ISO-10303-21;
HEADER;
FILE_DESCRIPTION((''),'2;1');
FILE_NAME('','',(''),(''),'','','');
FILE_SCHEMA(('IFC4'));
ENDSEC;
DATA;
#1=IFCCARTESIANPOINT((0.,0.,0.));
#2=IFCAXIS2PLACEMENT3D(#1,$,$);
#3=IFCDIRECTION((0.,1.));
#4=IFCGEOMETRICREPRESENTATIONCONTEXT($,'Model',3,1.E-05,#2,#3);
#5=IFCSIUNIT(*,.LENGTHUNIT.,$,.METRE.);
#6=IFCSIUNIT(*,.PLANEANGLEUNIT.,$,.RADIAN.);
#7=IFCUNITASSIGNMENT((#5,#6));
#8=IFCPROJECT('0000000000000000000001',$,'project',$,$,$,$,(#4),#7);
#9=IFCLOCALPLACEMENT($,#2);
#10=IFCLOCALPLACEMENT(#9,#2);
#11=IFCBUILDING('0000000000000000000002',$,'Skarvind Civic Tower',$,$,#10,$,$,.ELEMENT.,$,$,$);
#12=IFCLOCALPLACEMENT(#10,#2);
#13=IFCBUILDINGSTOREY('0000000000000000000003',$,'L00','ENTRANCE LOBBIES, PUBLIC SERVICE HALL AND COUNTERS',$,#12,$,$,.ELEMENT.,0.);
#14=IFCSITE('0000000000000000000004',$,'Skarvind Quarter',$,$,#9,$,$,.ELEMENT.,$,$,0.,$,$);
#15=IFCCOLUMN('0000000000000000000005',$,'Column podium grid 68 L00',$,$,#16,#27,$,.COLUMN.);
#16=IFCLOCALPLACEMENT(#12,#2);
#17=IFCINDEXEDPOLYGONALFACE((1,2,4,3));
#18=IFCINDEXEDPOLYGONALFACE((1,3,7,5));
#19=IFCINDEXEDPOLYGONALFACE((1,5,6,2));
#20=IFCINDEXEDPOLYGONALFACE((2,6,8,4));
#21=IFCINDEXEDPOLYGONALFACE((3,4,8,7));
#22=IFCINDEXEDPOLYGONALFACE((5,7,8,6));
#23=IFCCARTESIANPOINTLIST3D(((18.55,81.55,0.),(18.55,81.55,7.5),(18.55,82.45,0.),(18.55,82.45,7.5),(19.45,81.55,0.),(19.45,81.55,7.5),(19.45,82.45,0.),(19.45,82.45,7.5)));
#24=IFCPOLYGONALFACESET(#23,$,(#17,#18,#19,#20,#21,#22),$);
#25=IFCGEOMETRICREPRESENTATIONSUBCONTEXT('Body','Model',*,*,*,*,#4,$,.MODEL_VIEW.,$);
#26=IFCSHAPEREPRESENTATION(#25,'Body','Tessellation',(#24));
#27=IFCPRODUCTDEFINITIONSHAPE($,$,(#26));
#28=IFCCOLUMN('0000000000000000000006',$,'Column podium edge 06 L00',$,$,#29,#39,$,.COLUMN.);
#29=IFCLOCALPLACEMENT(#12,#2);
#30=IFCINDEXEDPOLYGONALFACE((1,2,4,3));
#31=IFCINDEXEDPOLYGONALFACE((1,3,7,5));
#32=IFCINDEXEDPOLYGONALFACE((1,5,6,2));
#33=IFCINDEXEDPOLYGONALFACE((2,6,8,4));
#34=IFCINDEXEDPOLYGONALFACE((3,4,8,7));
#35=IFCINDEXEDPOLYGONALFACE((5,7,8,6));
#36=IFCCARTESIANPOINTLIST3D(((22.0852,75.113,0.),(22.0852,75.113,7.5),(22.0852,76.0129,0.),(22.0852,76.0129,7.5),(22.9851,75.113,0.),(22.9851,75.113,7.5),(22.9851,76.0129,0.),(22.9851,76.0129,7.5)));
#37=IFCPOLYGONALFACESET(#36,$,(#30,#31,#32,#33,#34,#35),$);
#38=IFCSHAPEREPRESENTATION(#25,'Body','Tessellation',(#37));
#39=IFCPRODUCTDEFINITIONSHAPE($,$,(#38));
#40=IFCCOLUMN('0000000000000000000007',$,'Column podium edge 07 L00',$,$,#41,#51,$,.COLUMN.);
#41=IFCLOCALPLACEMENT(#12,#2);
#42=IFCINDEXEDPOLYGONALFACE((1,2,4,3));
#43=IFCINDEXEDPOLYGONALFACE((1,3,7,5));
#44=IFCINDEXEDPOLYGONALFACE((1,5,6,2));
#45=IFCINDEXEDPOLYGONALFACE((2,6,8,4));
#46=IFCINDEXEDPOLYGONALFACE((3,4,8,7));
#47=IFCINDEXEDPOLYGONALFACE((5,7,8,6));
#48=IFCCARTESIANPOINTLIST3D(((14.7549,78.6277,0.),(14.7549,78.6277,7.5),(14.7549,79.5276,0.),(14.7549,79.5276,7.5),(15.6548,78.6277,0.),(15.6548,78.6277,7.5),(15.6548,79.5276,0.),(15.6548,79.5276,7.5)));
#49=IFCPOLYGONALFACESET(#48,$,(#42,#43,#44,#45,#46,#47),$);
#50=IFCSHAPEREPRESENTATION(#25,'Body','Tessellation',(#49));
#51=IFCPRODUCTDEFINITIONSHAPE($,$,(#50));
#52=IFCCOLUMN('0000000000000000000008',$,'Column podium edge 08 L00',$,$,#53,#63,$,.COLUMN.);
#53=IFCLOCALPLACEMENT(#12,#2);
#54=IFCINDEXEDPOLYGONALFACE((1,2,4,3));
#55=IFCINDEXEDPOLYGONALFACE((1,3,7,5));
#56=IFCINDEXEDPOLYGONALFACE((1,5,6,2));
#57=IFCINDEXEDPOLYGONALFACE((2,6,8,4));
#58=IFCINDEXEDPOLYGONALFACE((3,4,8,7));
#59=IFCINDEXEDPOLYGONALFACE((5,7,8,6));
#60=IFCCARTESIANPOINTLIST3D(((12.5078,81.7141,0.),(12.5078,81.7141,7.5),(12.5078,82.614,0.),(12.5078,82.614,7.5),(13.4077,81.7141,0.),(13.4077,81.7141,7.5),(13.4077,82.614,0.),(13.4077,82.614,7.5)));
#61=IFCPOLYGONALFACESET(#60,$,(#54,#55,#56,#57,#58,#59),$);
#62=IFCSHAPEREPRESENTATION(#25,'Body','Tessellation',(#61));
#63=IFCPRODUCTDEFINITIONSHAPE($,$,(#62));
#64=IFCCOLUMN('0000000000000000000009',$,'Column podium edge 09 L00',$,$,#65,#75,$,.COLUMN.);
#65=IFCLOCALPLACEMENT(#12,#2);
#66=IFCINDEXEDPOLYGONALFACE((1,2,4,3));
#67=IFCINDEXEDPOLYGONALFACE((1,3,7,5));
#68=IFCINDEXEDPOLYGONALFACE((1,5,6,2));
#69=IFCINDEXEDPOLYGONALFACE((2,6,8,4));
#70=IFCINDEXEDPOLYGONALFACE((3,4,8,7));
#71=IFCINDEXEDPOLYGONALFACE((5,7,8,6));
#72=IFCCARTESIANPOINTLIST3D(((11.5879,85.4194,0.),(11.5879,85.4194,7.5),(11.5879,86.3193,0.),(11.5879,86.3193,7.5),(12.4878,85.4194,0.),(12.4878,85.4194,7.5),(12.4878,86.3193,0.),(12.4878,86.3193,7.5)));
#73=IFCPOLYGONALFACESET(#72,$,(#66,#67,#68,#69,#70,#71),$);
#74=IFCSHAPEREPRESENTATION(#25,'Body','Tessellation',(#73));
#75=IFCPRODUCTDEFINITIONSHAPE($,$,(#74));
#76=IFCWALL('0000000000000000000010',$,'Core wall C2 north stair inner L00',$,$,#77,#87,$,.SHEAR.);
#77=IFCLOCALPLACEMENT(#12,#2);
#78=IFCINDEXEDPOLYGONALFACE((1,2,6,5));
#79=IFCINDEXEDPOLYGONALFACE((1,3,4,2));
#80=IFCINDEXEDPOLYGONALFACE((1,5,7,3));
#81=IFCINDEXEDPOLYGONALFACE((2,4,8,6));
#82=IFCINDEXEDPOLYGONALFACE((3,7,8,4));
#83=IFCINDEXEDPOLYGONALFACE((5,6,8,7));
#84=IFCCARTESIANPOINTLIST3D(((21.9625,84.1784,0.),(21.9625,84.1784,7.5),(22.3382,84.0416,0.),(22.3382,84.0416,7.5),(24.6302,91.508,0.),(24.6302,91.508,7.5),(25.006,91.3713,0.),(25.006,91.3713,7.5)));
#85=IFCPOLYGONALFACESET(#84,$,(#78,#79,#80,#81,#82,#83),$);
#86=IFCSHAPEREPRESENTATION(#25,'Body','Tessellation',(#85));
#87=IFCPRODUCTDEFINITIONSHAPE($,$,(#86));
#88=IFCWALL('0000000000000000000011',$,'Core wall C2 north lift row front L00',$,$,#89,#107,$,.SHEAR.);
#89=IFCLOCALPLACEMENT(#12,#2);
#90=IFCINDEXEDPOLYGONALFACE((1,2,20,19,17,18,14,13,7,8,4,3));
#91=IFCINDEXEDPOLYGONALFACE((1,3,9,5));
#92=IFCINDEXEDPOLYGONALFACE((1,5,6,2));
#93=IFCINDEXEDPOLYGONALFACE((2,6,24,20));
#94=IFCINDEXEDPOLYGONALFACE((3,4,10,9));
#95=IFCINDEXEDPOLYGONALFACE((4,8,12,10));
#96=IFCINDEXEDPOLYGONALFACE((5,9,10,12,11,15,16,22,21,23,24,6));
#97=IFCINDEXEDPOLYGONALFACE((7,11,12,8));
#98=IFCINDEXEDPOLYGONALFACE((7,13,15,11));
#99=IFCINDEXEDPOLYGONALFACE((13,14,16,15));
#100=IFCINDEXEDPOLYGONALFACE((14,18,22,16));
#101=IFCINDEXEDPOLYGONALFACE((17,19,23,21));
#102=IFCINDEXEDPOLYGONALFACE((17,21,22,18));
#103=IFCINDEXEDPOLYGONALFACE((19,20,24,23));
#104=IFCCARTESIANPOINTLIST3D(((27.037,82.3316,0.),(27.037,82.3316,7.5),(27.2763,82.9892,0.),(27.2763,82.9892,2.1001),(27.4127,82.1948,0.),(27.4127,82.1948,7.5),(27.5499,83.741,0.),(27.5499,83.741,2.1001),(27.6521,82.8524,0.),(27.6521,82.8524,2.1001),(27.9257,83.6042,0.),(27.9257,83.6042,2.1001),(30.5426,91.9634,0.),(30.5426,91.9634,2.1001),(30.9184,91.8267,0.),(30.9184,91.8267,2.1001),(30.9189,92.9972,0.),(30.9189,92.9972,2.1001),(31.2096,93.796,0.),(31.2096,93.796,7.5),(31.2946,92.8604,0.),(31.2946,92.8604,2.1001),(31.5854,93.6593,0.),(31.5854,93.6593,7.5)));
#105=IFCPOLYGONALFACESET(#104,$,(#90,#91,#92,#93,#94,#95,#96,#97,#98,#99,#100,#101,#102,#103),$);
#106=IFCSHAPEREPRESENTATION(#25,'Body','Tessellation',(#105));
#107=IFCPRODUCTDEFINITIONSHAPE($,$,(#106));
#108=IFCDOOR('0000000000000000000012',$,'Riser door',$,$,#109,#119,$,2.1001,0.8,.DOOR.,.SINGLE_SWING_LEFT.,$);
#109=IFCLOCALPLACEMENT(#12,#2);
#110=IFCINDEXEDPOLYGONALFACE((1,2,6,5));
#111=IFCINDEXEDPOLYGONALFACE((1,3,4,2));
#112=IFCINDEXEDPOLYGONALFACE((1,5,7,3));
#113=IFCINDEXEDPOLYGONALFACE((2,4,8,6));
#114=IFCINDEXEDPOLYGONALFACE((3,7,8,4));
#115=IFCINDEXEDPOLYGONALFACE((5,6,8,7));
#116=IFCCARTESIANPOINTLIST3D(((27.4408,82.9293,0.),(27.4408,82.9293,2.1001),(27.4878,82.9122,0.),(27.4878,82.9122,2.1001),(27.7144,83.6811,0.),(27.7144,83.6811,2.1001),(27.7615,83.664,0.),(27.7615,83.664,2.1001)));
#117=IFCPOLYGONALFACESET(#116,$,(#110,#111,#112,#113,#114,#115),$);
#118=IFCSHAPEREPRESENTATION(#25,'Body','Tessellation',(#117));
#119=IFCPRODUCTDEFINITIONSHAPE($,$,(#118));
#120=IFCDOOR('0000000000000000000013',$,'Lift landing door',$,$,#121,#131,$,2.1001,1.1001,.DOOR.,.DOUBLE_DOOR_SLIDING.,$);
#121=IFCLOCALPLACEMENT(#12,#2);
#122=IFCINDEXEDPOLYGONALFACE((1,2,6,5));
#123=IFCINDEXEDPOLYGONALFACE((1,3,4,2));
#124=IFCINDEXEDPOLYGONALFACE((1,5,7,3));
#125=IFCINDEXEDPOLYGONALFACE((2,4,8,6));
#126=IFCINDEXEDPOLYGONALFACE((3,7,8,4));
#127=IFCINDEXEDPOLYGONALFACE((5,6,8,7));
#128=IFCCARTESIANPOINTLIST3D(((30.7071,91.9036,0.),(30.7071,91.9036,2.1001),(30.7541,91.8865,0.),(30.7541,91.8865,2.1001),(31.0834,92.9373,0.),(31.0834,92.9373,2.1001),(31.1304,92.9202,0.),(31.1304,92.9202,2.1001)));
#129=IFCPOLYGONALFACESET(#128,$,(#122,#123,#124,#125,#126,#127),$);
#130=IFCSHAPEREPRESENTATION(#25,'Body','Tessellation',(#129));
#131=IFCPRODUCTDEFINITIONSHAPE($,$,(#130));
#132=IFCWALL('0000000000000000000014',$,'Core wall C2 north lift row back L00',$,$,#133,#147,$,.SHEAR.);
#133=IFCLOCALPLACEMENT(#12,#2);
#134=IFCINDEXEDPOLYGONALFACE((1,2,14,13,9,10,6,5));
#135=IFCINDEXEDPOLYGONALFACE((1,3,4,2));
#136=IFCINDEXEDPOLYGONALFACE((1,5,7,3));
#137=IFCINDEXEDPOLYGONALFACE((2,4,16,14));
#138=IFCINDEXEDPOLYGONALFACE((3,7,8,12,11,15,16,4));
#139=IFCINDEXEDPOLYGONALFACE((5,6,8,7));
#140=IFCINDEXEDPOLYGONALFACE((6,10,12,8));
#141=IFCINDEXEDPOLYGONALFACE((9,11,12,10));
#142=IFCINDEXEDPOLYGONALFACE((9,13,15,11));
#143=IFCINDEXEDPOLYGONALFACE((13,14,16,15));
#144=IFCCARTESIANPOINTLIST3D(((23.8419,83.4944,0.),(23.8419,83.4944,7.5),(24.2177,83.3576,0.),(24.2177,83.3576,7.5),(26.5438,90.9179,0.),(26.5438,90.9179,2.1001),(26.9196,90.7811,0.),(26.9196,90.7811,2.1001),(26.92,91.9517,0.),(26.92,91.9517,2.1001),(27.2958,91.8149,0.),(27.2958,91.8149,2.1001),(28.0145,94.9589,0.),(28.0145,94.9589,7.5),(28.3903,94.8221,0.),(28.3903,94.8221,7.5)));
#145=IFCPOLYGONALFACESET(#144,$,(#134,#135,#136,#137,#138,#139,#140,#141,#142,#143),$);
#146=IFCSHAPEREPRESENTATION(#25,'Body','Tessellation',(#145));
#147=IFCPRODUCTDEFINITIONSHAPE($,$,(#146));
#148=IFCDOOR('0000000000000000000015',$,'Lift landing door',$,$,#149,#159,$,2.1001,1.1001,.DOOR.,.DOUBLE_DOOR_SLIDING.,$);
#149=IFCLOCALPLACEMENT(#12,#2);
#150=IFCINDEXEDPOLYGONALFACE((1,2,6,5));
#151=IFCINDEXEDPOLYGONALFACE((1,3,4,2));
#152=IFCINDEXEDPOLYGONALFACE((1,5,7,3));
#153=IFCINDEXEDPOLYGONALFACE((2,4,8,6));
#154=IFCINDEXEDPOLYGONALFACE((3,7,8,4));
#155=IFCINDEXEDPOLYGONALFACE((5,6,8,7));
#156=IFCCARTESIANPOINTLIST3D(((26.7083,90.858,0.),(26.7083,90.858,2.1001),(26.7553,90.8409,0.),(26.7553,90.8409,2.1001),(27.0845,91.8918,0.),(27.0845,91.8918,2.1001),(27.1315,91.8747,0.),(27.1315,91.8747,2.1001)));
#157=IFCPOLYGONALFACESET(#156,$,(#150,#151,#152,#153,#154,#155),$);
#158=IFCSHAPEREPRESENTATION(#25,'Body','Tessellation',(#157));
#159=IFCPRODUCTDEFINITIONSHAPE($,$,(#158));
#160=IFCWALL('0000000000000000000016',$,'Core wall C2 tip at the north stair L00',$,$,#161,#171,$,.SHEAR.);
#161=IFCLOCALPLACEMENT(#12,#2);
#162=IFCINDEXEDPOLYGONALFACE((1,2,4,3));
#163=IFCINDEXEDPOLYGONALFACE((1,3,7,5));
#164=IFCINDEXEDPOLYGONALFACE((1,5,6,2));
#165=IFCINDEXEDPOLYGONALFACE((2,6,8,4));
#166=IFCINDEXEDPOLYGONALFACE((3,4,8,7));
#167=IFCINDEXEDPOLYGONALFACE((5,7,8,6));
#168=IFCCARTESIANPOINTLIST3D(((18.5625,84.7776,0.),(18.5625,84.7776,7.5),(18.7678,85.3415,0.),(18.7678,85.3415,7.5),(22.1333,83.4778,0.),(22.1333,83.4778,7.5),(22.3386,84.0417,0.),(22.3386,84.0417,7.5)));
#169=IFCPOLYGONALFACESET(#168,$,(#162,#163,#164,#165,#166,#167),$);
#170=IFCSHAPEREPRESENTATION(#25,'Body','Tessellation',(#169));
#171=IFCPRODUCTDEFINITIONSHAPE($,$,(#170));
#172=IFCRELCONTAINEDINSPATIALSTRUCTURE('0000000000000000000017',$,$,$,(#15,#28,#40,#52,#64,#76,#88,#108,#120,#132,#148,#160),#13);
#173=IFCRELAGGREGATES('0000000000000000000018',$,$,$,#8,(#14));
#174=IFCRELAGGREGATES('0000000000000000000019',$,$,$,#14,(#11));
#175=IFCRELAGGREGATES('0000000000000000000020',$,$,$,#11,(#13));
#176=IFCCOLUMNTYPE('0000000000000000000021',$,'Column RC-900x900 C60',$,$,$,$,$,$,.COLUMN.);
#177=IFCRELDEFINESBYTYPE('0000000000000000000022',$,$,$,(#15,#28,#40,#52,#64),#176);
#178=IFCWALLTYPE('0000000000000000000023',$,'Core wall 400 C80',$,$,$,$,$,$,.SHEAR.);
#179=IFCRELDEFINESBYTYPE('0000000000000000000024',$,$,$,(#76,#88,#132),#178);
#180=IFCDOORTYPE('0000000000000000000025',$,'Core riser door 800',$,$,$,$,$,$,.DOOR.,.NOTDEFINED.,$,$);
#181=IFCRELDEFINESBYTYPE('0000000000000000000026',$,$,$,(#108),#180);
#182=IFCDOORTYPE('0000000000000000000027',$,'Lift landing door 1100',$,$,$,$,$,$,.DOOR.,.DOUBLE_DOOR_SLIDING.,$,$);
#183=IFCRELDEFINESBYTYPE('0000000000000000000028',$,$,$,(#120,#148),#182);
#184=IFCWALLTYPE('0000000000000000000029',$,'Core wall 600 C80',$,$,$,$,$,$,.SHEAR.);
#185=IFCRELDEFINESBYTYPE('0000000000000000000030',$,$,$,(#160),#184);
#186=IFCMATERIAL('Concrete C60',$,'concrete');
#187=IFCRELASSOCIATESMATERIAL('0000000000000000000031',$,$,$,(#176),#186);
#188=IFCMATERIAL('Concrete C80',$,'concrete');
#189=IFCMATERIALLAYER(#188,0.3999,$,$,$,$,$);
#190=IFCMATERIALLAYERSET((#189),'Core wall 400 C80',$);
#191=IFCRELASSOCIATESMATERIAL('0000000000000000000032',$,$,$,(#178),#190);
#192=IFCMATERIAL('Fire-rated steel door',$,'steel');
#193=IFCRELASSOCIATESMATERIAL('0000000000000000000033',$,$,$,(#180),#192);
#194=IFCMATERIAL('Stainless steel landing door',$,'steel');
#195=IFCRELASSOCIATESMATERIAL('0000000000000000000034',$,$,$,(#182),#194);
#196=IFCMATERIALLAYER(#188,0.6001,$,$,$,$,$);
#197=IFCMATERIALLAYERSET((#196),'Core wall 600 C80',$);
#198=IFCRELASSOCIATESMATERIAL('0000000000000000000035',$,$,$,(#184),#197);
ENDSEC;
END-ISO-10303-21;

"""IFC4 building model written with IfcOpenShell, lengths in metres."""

from ifc_helpers import new_model, si_unit, direction, frame, frame_2d, origin, origin_2d, place, context, subcontext, project, spatial, rectangle, extrude, material, layer, layer_set, material_profile, profile_set, type_object, element, fill, save


model = new_model("IFC4")

# Units and contexts
model_context = context("Model", 3, precision=1e-05, world=origin(), true_north=direction((0.0, 1.0)))
body_context = subcontext(model_context, "Body", "Model", "MODEL_VIEW")
ifc_project = project(units=[si_unit("LENGTHUNIT", "METRE"), si_unit("PLANEANGLEUNIT", "RADIAN")], contexts=[model_context])

# Site, building, storey
site_placement = place(None, origin())
site = spatial("IfcSite", under=ifc_project, at=site_placement, Name="Skarvind Quarter", CompositionType="ELEMENT", RefElevation=0.0)
building_placement = place(site_placement, origin())
building = spatial("IfcBuilding", under=site, at=building_placement, Name="Skarvind Civic Tower", CompositionType="ELEMENT")
storey_placement = place(building_placement, origin())
storey = spatial("IfcBuildingStorey", under=building, at=storey_placement, Name="L00", Description="ENTRANCE LOBBIES, PUBLIC SERVICE HALL AND COUNTERS", CompositionType="ELEMENT", Elevation=0.0)

# Columns
ifc_material_1 = material(Name="Concrete C60", Category="concrete")
ifc_material_profile = material_profile(ifc_material_1, rectangle(XDim=0.8999, YDim=0.8999, at=origin_2d()), Name="RC-900x900")
ifc_profile_set = profile_set([ifc_material_profile], Name="Concrete C60")
column_type = type_object("IfcColumnType", Name="Column RC-900x900 C60", PredefinedType="COLUMN", material=ifc_profile_set)
for number, where, z_axis, x_axis, name in (
    (1, (19.0, 82.0, 0.0), (0.0, 0.0, 1.0), (1.0, 0.0, 0.0), "Column podium grid 68 L00"),
    (2, (22.5352, 75.563, 0.0), (0.0, 0.0, 1.0), (1.0, 0.0, 0.0), "Column podium edge 06 L00"),
    (3, (15.2048, 79.0776, 0.0), (0.0, 0.0, 1.0), (1.0, 0.0, 0.0), "Column podium edge 07 L00"),
    (4, (12.9578, 82.1641, 0.0), (0.0, 0.0, 1.0), (1.0, 0.0, 0.0), "Column podium edge 08 L00"),
    (5, (12.0378, 85.8694, 0.0), (0.0, 0.0, 1.0), (1.0, 0.0, 0.0), "Column podium edge 09 L00"),
):
    element("IfcColumn", number, at=place(storey_placement, frame(where, z_axis=z_axis, x_axis=x_axis)), inside=storey, type_object=column_type, Name=name, PredefinedType="COLUMN", context=body_context, shape_type="SweptSolid", body=[
        extrude(rectangle(XDim=0.8999, YDim=0.8999, at=origin_2d()), origin(), (0.0, 0.0, 1.0), 7.5),
    ])

# Wall
ifc_material_2 = material(Name="Concrete C80", Category="concrete")
ifc_layer_1 = layer(ifc_material_2, 0.3999)
ifc_layer_set_1 = layer_set([ifc_layer_1], Name="Core wall 400 C80")
wall_type_1 = type_object("IfcWallType", Name="Core wall 400 C80", PredefinedType="SHEAR", material=ifc_layer_set_1)
wall_1_placement = place(storey_placement, frame((22.1504, 84.1101, 0.0), z_axis=(0.0, 0.0, 1.0), x_axis=(0.342017, 0.939694, 0.0)))
element("IfcWall", 6, at=wall_1_placement, inside=storey, type_object=wall_type_1, Name="Core wall C2 north stair inner L00", PredefinedType="SHEAR", context=body_context, shape_type="SweptSolid", body=[
    extrude(rectangle(XDim=7.8, YDim=0.3999, at=frame_2d((3.8999, 0.0))), origin(), (0.0, 0.0, 1.0), 7.5),
])

# Wall, openings, doors
wall_2_placement = place(storey_placement, frame((27.2249, 82.2632, 0.0), z_axis=(0.0, 0.0, 1.0), x_axis=(0.342015, 0.939695, 0.0)))
wall_2 = element("IfcWall", 7, at=wall_2_placement, inside=storey, type_object=wall_type_1, Name="Core wall C2 north lift row front L00", PredefinedType="SHEAR", context=body_context, shape_type="SweptSolid", body=[
    extrude(rectangle(XDim=12.2002, YDim=0.3999, at=frame_2d((6.1001, 0.0))), origin(), (0.0, 0.0, 1.0), 7.5),
])
opening_1_placement = place(wall_2_placement, frame((10.25, 0.0, 0.0)))
opening_1 = element("IfcOpeningElement", 8, at=opening_1_placement, cuts=wall_2, PredefinedType="OPENING", context=body_context, shape_type="SweptSolid", body=[
    extrude(rectangle(XDim=1.1001, YDim=2.1001, at=frame_2d((0.55, 1.05))), frame((0.0, 0.21, 0.0), z_axis=(0.0, -1.0, 0.0), x_axis=(1.0, 0.0, 0.0)), (0.0, 0.0, 1.0), 0.4199),
])
opening_2_placement = place(wall_2_placement, frame((0.7, 0.0, 0.0)))
opening_2 = element("IfcOpeningElement", 9, at=opening_2_placement, cuts=wall_2, PredefinedType="OPENING", context=body_context, shape_type="SweptSolid", body=[
    extrude(rectangle(XDim=0.8, YDim=2.1001, at=frame_2d((0.3999, 1.05))), frame((0.0, 0.21, 0.0), z_axis=(0.0, -1.0, 0.0), x_axis=(1.0, 0.0, 0.0)), (0.0, 0.0, 1.0), 0.4199),
])
ifc_material_3 = material(Name="Fire-rated steel door", Category="steel")
door_type_1 = type_object("IfcDoorType", Name="Core riser door 800", OperationType="NOTDEFINED", PredefinedType="DOOR", material=ifc_material_3)
door_1_placement = place(opening_2_placement, origin())
door_1 = element("IfcDoor", 10, at=door_1_placement, inside=storey, type_object=door_type_1, Name="Riser door", OperationType="SINGLE_SWING_LEFT", OverallHeight=2.1001, OverallWidth=0.8, PredefinedType="DOOR", context=body_context, shape_type="SweptSolid", body=[
    extrude(rectangle(XDim=0.8, YDim=2.1001, at=frame_2d((0.3999, 1.05))), frame((0.0, 0.0249, 0.0), z_axis=(0.0, -1.0, 0.0), x_axis=(1.0, 0.0, 0.0)), (0.0, 0.0, 1.0), 0.05),
])
fill(opening_2, door_1)
ifc_material_4 = material(Name="Stainless steel landing door", Category="steel")
door_type_2 = type_object("IfcDoorType", Name="Lift landing door 1100", OperationType="DOUBLE_DOOR_SLIDING", PredefinedType="DOOR", material=ifc_material_4)
door_2_placement = place(opening_1_placement, origin())
door_2 = element("IfcDoor", 11, at=door_2_placement, inside=storey, type_object=door_type_2, Name="Lift landing door", OperationType="DOUBLE_DOOR_SLIDING", OverallHeight=2.1001, OverallWidth=1.1001, PredefinedType="DOOR", context=body_context, shape_type="SweptSolid", body=[
    extrude(rectangle(XDim=1.1001, YDim=2.1001, at=frame_2d((0.55, 1.05))), frame((0.0, 0.0249, 0.0), z_axis=(0.0, -1.0, 0.0), x_axis=(1.0, 0.0, 0.0)), (0.0, 0.0, 1.0), 0.05),
])
fill(opening_1, door_2)

# Wall, opening, door
wall_3_placement = place(storey_placement, frame((24.0298, 83.426, 0.0), z_axis=(0.0, 0.0, 1.0), x_axis=(0.342015, 0.939695, 0.0)))
wall_3 = element("IfcWall", 12, at=wall_3_placement, inside=storey, type_object=wall_type_1, Name="Core wall C2 north lift row back L00", PredefinedType="SHEAR", context=body_context, shape_type="SweptSolid", body=[
    extrude(rectangle(XDim=12.2002, YDim=0.3999, at=frame_2d((6.1001, 0.0))), origin(), (0.0, 0.0, 1.0), 7.5),
])
opening_3_placement = place(wall_3_placement, frame((7.8999, 0.0, 0.0)))
opening_3 = element("IfcOpeningElement", 13, at=opening_3_placement, cuts=wall_3, PredefinedType="OPENING", context=body_context, shape_type="SweptSolid", body=[
    extrude(rectangle(XDim=1.1001, YDim=2.1001, at=frame_2d((0.55, 1.05))), frame((0.0, 0.21, 0.0), z_axis=(0.0, -1.0, 0.0), x_axis=(1.0, 0.0, 0.0)), (0.0, 0.0, 1.0), 0.4199),
])
door_3_placement = place(opening_3_placement, origin())
door_3 = element("IfcDoor", 14, at=door_3_placement, inside=storey, type_object=door_type_2, Name="Lift landing door", OperationType="DOUBLE_DOOR_SLIDING", OverallHeight=2.1001, OverallWidth=1.1001, PredefinedType="DOOR", context=body_context, shape_type="SweptSolid", body=[
    extrude(rectangle(XDim=1.1001, YDim=2.1001, at=frame_2d((0.55, 1.05))), frame((0.0, 0.0249, 0.0), z_axis=(0.0, -1.0, 0.0), x_axis=(1.0, 0.0, 0.0)), (0.0, 0.0, 1.0), 0.05),
])
fill(opening_3, door_3)

# Wall
ifc_layer_2 = layer(ifc_material_2, 0.6001)
ifc_layer_set_2 = layer_set([ifc_layer_2], Name="Core wall 600 C80")
wall_type_2 = type_object("IfcWallType", Name="Core wall 600 C80", PredefinedType="SHEAR", material=ifc_layer_set_2)
wall_4_placement = place(storey_placement, frame((22.2358, 83.7598, 0.0), z_axis=(0.0, 0.0, 1.0), x_axis=(-0.939681, 0.342053, 0.0)))
element("IfcWall", 15, at=wall_4_placement, inside=storey, type_object=wall_type_2, Name="Core wall C2 tip at the north stair L00", PredefinedType="SHEAR", context=body_context, shape_type="SweptSolid", body=[
    extrude(rectangle(XDim=3.8, YDim=0.6001, at=frame_2d((1.8999, 0.0))), origin(), (0.0, 0.0, 1.0), 7.5),
])

save(model, "model.ifc")
